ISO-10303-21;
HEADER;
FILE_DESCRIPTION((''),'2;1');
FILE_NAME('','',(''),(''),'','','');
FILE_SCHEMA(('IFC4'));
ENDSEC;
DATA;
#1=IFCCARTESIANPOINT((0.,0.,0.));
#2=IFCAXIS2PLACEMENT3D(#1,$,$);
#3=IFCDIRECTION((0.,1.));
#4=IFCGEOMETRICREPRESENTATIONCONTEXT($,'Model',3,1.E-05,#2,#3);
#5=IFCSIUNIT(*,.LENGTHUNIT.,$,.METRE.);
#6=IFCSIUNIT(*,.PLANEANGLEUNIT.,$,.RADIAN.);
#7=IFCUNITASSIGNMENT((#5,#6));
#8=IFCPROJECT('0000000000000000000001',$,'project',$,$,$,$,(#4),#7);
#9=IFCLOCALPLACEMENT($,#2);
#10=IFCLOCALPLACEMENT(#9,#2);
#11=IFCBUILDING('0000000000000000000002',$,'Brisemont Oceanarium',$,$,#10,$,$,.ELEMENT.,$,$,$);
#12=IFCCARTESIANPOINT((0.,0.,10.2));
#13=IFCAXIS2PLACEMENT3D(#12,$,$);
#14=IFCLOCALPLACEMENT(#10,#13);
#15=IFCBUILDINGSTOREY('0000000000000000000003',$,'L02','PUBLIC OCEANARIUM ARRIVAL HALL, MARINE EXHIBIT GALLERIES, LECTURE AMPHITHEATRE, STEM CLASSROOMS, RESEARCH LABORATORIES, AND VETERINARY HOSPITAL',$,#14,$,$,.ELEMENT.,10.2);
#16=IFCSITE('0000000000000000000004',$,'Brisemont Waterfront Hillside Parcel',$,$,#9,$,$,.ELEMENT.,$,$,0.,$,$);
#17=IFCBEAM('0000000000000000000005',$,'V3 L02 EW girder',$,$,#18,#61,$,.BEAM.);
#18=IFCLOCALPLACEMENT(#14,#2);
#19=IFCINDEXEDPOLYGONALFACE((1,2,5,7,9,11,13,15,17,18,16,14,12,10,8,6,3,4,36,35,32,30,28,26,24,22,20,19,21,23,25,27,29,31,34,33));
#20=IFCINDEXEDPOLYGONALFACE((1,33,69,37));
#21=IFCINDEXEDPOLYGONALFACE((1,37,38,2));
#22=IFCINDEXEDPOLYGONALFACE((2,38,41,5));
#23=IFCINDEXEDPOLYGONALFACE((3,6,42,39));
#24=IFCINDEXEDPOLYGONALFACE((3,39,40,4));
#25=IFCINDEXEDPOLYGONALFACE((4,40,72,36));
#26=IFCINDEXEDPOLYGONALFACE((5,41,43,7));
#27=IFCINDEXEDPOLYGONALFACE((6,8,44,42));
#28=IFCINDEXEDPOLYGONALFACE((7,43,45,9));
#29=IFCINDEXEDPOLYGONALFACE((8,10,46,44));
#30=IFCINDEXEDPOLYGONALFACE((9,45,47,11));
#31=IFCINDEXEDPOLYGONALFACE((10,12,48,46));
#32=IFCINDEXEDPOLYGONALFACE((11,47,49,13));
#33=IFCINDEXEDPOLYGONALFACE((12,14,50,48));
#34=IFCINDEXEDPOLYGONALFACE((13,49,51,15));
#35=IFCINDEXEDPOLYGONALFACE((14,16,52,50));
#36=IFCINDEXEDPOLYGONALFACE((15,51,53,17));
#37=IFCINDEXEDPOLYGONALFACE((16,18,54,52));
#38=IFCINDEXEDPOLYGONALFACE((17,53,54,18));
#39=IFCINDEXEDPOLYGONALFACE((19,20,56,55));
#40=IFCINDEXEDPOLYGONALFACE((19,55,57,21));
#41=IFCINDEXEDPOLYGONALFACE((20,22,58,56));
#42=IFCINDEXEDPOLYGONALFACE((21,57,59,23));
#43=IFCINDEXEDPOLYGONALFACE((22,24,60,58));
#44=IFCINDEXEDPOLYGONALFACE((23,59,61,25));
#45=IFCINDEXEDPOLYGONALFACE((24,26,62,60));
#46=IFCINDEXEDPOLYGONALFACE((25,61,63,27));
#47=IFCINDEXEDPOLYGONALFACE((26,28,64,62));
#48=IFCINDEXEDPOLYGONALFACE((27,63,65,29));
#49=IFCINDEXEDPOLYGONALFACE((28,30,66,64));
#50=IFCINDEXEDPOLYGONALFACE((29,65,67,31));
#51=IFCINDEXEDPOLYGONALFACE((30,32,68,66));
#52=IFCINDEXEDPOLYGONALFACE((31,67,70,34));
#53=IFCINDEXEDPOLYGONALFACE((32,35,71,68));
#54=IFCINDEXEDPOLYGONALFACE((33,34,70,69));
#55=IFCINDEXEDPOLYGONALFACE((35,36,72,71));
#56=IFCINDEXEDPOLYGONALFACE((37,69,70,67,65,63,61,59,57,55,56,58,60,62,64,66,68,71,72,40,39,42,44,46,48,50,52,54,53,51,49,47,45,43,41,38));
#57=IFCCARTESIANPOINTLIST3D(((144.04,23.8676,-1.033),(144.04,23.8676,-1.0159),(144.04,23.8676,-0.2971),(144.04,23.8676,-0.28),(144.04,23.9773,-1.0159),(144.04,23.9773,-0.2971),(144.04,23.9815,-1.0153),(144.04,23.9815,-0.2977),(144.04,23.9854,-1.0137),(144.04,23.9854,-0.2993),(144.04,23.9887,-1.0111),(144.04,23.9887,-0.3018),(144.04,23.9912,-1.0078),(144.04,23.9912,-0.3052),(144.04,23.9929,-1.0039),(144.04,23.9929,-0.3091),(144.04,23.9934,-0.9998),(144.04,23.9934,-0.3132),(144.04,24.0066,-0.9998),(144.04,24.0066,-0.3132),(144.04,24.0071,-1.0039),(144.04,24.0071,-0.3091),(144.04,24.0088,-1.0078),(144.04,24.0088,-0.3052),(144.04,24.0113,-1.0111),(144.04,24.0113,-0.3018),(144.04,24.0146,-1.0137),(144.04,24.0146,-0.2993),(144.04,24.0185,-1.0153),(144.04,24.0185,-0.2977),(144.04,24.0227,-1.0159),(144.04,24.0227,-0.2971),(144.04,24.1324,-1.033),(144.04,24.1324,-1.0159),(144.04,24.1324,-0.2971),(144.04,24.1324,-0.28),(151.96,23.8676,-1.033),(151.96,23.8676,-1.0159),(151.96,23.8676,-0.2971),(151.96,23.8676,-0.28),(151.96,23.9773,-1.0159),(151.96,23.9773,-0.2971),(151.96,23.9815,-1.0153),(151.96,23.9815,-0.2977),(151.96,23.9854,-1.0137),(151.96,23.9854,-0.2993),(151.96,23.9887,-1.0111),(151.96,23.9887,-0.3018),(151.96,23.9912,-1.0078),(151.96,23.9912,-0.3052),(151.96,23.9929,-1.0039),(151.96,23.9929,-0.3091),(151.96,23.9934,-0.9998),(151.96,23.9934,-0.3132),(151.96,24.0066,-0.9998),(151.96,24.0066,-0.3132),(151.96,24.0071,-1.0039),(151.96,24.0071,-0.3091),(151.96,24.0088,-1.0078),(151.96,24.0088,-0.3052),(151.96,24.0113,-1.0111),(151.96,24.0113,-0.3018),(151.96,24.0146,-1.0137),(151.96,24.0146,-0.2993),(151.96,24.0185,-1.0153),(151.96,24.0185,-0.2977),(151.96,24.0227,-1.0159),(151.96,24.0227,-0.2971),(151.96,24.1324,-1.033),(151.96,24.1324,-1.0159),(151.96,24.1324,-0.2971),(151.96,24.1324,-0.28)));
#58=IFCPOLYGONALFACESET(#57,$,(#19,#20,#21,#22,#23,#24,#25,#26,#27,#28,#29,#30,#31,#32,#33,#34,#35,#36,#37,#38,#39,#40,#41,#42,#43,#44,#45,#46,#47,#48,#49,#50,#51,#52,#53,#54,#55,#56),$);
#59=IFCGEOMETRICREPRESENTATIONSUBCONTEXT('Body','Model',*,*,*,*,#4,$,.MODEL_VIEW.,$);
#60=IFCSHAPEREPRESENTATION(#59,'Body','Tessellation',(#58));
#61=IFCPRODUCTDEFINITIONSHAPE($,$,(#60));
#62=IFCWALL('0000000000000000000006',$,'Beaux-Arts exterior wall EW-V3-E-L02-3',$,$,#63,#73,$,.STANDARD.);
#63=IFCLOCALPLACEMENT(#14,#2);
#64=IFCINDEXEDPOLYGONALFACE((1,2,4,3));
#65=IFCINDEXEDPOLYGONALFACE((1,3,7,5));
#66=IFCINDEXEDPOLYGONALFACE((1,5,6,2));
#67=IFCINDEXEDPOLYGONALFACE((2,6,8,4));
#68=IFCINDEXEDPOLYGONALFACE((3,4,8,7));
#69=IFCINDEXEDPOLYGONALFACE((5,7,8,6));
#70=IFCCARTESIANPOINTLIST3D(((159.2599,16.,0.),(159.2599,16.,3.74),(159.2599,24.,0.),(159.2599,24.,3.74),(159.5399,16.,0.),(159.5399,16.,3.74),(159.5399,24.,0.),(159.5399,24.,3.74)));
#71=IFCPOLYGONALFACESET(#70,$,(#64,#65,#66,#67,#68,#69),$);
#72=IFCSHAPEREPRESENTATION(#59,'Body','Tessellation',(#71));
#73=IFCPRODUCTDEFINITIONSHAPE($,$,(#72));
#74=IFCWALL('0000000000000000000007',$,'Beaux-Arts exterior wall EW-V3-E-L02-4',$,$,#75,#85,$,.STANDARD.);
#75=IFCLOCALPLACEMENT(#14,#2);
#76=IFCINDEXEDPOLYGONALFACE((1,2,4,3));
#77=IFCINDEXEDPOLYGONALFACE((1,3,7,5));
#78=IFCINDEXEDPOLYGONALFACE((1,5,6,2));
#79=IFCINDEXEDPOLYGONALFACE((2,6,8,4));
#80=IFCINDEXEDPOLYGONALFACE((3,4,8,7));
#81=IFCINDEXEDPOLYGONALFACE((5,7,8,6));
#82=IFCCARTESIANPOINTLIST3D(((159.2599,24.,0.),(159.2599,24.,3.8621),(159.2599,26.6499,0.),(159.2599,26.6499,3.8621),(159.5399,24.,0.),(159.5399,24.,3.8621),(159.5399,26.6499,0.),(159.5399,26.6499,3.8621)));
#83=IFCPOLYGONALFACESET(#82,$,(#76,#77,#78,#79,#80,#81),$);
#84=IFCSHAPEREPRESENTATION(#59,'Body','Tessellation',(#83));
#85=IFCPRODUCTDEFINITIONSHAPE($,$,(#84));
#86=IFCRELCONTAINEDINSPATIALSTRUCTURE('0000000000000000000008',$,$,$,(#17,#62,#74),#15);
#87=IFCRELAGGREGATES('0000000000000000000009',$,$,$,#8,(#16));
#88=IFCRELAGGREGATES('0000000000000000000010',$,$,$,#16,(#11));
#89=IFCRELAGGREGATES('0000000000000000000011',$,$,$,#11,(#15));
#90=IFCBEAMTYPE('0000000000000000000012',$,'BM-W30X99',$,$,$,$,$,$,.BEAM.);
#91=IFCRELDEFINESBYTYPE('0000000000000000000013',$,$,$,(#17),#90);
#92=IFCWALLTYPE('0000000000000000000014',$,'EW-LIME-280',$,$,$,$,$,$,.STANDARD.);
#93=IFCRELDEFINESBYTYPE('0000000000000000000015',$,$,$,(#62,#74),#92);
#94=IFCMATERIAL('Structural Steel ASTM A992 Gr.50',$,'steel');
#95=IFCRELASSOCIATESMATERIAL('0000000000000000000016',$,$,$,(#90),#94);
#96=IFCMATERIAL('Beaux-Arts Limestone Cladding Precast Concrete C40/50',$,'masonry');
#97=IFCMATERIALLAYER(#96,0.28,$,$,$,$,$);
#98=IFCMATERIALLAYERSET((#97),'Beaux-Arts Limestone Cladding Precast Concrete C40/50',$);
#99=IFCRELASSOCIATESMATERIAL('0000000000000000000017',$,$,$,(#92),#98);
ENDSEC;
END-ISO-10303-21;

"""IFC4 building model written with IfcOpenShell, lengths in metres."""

from ifc_helpers import new_model, si_unit, direction, frame, frame_2d, origin, origin_2d, place, context, subcontext, project, spatial, rectangle, i_section, extrude, material, layer, layer_set, material_profile, profile_set, type_object, element, save


model = new_model("IFC4")

# Units and contexts
model_context = context("Model", 3, precision=1e-05, world=origin(), true_north=direction((0.0, 1.0)))
body_context = subcontext(model_context, "Body", "Model", "MODEL_VIEW")
ifc_project = project(units=[si_unit("LENGTHUNIT", "METRE"), si_unit("PLANEANGLEUNIT", "RADIAN")], contexts=[model_context])

# Site, building, storey
site_placement = place(None, origin())
site = spatial("IfcSite", under=ifc_project, at=site_placement, Name="Brisemont Waterfront Hillside Parcel", CompositionType="ELEMENT", RefElevation=0.0)
building_placement = place(site_placement, origin())
building = spatial("IfcBuilding", under=site, at=building_placement, Name="Brisemont Oceanarium", CompositionType="ELEMENT")
storey_placement = place(building_placement, frame((0.0, 0.0, 10.2)))
storey = spatial("IfcBuildingStorey", under=building, at=storey_placement, Name="L02", Description="PUBLIC OCEANARIUM ARRIVAL HALL, MARINE EXHIBIT GALLERIES, LECTURE AMPHITHEATRE, STEM CLASSROOMS, RESEARCH LABORATORIES, AND VETERINARY HOSPITAL", CompositionType="ELEMENT", Elevation=10.2)

# Beam
ifc_material_1 = material(Name="Structural Steel ASTM A992 Gr.50", Category="steel")
ifc_material_profile_1 = material_profile(ifc_material_1, i_section(OverallWidth=0.2649, OverallDepth=0.7529, WebThickness=0.0132, FlangeThickness=0.0171, FilletRadius=0.0161, at=origin_2d()), Name="W30X99")
ifc_profile_set_1 = profile_set([ifc_material_profile_1], Name="Structural Steel ASTM A992 Gr.50")
beam_type_1 = type_object("IfcBeamType", Name="BM-W30X99", PredefinedType="BEAM", material=ifc_profile_set_1)
beam_1_placement = place(storey_placement, frame((144.04, 24.0, -0.6565), z_axis=(1.0, 0.0, 0.0), x_axis=(0.0, 1.0, 0.0)))
element("IfcBeam", 1, at=beam_1_placement, inside=storey, type_object=beam_type_1, Name="V3 L02 EW girder", PredefinedType="BEAM", context=body_context, shape_type="SweptSolid", body=[
    extrude(i_section(OverallWidth=0.2649, OverallDepth=0.7529, WebThickness=0.0132, FlangeThickness=0.0171, FilletRadius=0.0161, at=origin_2d()), origin(), (0.0, 0.0, 1.0), 7.9199),
])

# Walls
ifc_material_2 = material(Name="Beaux-Arts Limestone Cladding Precast Concrete C40/50", Category="masonry")
ifc_layer = layer(ifc_material_2, 0.28)
ifc_layer_set = layer_set([ifc_layer], Name="Beaux-Arts Limestone Cladding Precast Concrete C40/50")
wall_type = type_object("IfcWallType", Name="EW-LIME-280", PredefinedType="STANDARD", material=ifc_layer_set)
wall_1_placement = place(storey_placement, frame((159.3999, 16.0, 0.0), z_axis=(0.0, 0.0, 1.0), x_axis=(0.0, 1.0, 0.0)))
element("IfcWall", 2, at=wall_1_placement, inside=storey, type_object=wall_type, Name="Beaux-Arts exterior wall EW-V3-E-L02-3", PredefinedType="STANDARD", context=body_context, shape_type="SweptSolid", body=[
    extrude(rectangle(XDim=8.0, YDim=0.28, at=frame_2d((4.0, 0.0))), origin(), (0.0, 0.0, 1.0), 3.74),
])
wall_2_placement = place(storey_placement, frame((159.3999, 24.0, 0.0), z_axis=(0.0, 0.0, 1.0), x_axis=(0.0, 1.0, 0.0)))
element("IfcWall", 3, at=wall_2_placement, inside=storey, type_object=wall_type, Name="Beaux-Arts exterior wall EW-V3-E-L02-4", PredefinedType="STANDARD", context=body_context, shape_type="SweptSolid", body=[
    extrude(rectangle(XDim=2.6499, YDim=0.28, at=frame_2d((1.325, 0.0))), origin(), (0.0, 0.0, 1.0), 3.8621),
])

save(model, "model.ifc")
